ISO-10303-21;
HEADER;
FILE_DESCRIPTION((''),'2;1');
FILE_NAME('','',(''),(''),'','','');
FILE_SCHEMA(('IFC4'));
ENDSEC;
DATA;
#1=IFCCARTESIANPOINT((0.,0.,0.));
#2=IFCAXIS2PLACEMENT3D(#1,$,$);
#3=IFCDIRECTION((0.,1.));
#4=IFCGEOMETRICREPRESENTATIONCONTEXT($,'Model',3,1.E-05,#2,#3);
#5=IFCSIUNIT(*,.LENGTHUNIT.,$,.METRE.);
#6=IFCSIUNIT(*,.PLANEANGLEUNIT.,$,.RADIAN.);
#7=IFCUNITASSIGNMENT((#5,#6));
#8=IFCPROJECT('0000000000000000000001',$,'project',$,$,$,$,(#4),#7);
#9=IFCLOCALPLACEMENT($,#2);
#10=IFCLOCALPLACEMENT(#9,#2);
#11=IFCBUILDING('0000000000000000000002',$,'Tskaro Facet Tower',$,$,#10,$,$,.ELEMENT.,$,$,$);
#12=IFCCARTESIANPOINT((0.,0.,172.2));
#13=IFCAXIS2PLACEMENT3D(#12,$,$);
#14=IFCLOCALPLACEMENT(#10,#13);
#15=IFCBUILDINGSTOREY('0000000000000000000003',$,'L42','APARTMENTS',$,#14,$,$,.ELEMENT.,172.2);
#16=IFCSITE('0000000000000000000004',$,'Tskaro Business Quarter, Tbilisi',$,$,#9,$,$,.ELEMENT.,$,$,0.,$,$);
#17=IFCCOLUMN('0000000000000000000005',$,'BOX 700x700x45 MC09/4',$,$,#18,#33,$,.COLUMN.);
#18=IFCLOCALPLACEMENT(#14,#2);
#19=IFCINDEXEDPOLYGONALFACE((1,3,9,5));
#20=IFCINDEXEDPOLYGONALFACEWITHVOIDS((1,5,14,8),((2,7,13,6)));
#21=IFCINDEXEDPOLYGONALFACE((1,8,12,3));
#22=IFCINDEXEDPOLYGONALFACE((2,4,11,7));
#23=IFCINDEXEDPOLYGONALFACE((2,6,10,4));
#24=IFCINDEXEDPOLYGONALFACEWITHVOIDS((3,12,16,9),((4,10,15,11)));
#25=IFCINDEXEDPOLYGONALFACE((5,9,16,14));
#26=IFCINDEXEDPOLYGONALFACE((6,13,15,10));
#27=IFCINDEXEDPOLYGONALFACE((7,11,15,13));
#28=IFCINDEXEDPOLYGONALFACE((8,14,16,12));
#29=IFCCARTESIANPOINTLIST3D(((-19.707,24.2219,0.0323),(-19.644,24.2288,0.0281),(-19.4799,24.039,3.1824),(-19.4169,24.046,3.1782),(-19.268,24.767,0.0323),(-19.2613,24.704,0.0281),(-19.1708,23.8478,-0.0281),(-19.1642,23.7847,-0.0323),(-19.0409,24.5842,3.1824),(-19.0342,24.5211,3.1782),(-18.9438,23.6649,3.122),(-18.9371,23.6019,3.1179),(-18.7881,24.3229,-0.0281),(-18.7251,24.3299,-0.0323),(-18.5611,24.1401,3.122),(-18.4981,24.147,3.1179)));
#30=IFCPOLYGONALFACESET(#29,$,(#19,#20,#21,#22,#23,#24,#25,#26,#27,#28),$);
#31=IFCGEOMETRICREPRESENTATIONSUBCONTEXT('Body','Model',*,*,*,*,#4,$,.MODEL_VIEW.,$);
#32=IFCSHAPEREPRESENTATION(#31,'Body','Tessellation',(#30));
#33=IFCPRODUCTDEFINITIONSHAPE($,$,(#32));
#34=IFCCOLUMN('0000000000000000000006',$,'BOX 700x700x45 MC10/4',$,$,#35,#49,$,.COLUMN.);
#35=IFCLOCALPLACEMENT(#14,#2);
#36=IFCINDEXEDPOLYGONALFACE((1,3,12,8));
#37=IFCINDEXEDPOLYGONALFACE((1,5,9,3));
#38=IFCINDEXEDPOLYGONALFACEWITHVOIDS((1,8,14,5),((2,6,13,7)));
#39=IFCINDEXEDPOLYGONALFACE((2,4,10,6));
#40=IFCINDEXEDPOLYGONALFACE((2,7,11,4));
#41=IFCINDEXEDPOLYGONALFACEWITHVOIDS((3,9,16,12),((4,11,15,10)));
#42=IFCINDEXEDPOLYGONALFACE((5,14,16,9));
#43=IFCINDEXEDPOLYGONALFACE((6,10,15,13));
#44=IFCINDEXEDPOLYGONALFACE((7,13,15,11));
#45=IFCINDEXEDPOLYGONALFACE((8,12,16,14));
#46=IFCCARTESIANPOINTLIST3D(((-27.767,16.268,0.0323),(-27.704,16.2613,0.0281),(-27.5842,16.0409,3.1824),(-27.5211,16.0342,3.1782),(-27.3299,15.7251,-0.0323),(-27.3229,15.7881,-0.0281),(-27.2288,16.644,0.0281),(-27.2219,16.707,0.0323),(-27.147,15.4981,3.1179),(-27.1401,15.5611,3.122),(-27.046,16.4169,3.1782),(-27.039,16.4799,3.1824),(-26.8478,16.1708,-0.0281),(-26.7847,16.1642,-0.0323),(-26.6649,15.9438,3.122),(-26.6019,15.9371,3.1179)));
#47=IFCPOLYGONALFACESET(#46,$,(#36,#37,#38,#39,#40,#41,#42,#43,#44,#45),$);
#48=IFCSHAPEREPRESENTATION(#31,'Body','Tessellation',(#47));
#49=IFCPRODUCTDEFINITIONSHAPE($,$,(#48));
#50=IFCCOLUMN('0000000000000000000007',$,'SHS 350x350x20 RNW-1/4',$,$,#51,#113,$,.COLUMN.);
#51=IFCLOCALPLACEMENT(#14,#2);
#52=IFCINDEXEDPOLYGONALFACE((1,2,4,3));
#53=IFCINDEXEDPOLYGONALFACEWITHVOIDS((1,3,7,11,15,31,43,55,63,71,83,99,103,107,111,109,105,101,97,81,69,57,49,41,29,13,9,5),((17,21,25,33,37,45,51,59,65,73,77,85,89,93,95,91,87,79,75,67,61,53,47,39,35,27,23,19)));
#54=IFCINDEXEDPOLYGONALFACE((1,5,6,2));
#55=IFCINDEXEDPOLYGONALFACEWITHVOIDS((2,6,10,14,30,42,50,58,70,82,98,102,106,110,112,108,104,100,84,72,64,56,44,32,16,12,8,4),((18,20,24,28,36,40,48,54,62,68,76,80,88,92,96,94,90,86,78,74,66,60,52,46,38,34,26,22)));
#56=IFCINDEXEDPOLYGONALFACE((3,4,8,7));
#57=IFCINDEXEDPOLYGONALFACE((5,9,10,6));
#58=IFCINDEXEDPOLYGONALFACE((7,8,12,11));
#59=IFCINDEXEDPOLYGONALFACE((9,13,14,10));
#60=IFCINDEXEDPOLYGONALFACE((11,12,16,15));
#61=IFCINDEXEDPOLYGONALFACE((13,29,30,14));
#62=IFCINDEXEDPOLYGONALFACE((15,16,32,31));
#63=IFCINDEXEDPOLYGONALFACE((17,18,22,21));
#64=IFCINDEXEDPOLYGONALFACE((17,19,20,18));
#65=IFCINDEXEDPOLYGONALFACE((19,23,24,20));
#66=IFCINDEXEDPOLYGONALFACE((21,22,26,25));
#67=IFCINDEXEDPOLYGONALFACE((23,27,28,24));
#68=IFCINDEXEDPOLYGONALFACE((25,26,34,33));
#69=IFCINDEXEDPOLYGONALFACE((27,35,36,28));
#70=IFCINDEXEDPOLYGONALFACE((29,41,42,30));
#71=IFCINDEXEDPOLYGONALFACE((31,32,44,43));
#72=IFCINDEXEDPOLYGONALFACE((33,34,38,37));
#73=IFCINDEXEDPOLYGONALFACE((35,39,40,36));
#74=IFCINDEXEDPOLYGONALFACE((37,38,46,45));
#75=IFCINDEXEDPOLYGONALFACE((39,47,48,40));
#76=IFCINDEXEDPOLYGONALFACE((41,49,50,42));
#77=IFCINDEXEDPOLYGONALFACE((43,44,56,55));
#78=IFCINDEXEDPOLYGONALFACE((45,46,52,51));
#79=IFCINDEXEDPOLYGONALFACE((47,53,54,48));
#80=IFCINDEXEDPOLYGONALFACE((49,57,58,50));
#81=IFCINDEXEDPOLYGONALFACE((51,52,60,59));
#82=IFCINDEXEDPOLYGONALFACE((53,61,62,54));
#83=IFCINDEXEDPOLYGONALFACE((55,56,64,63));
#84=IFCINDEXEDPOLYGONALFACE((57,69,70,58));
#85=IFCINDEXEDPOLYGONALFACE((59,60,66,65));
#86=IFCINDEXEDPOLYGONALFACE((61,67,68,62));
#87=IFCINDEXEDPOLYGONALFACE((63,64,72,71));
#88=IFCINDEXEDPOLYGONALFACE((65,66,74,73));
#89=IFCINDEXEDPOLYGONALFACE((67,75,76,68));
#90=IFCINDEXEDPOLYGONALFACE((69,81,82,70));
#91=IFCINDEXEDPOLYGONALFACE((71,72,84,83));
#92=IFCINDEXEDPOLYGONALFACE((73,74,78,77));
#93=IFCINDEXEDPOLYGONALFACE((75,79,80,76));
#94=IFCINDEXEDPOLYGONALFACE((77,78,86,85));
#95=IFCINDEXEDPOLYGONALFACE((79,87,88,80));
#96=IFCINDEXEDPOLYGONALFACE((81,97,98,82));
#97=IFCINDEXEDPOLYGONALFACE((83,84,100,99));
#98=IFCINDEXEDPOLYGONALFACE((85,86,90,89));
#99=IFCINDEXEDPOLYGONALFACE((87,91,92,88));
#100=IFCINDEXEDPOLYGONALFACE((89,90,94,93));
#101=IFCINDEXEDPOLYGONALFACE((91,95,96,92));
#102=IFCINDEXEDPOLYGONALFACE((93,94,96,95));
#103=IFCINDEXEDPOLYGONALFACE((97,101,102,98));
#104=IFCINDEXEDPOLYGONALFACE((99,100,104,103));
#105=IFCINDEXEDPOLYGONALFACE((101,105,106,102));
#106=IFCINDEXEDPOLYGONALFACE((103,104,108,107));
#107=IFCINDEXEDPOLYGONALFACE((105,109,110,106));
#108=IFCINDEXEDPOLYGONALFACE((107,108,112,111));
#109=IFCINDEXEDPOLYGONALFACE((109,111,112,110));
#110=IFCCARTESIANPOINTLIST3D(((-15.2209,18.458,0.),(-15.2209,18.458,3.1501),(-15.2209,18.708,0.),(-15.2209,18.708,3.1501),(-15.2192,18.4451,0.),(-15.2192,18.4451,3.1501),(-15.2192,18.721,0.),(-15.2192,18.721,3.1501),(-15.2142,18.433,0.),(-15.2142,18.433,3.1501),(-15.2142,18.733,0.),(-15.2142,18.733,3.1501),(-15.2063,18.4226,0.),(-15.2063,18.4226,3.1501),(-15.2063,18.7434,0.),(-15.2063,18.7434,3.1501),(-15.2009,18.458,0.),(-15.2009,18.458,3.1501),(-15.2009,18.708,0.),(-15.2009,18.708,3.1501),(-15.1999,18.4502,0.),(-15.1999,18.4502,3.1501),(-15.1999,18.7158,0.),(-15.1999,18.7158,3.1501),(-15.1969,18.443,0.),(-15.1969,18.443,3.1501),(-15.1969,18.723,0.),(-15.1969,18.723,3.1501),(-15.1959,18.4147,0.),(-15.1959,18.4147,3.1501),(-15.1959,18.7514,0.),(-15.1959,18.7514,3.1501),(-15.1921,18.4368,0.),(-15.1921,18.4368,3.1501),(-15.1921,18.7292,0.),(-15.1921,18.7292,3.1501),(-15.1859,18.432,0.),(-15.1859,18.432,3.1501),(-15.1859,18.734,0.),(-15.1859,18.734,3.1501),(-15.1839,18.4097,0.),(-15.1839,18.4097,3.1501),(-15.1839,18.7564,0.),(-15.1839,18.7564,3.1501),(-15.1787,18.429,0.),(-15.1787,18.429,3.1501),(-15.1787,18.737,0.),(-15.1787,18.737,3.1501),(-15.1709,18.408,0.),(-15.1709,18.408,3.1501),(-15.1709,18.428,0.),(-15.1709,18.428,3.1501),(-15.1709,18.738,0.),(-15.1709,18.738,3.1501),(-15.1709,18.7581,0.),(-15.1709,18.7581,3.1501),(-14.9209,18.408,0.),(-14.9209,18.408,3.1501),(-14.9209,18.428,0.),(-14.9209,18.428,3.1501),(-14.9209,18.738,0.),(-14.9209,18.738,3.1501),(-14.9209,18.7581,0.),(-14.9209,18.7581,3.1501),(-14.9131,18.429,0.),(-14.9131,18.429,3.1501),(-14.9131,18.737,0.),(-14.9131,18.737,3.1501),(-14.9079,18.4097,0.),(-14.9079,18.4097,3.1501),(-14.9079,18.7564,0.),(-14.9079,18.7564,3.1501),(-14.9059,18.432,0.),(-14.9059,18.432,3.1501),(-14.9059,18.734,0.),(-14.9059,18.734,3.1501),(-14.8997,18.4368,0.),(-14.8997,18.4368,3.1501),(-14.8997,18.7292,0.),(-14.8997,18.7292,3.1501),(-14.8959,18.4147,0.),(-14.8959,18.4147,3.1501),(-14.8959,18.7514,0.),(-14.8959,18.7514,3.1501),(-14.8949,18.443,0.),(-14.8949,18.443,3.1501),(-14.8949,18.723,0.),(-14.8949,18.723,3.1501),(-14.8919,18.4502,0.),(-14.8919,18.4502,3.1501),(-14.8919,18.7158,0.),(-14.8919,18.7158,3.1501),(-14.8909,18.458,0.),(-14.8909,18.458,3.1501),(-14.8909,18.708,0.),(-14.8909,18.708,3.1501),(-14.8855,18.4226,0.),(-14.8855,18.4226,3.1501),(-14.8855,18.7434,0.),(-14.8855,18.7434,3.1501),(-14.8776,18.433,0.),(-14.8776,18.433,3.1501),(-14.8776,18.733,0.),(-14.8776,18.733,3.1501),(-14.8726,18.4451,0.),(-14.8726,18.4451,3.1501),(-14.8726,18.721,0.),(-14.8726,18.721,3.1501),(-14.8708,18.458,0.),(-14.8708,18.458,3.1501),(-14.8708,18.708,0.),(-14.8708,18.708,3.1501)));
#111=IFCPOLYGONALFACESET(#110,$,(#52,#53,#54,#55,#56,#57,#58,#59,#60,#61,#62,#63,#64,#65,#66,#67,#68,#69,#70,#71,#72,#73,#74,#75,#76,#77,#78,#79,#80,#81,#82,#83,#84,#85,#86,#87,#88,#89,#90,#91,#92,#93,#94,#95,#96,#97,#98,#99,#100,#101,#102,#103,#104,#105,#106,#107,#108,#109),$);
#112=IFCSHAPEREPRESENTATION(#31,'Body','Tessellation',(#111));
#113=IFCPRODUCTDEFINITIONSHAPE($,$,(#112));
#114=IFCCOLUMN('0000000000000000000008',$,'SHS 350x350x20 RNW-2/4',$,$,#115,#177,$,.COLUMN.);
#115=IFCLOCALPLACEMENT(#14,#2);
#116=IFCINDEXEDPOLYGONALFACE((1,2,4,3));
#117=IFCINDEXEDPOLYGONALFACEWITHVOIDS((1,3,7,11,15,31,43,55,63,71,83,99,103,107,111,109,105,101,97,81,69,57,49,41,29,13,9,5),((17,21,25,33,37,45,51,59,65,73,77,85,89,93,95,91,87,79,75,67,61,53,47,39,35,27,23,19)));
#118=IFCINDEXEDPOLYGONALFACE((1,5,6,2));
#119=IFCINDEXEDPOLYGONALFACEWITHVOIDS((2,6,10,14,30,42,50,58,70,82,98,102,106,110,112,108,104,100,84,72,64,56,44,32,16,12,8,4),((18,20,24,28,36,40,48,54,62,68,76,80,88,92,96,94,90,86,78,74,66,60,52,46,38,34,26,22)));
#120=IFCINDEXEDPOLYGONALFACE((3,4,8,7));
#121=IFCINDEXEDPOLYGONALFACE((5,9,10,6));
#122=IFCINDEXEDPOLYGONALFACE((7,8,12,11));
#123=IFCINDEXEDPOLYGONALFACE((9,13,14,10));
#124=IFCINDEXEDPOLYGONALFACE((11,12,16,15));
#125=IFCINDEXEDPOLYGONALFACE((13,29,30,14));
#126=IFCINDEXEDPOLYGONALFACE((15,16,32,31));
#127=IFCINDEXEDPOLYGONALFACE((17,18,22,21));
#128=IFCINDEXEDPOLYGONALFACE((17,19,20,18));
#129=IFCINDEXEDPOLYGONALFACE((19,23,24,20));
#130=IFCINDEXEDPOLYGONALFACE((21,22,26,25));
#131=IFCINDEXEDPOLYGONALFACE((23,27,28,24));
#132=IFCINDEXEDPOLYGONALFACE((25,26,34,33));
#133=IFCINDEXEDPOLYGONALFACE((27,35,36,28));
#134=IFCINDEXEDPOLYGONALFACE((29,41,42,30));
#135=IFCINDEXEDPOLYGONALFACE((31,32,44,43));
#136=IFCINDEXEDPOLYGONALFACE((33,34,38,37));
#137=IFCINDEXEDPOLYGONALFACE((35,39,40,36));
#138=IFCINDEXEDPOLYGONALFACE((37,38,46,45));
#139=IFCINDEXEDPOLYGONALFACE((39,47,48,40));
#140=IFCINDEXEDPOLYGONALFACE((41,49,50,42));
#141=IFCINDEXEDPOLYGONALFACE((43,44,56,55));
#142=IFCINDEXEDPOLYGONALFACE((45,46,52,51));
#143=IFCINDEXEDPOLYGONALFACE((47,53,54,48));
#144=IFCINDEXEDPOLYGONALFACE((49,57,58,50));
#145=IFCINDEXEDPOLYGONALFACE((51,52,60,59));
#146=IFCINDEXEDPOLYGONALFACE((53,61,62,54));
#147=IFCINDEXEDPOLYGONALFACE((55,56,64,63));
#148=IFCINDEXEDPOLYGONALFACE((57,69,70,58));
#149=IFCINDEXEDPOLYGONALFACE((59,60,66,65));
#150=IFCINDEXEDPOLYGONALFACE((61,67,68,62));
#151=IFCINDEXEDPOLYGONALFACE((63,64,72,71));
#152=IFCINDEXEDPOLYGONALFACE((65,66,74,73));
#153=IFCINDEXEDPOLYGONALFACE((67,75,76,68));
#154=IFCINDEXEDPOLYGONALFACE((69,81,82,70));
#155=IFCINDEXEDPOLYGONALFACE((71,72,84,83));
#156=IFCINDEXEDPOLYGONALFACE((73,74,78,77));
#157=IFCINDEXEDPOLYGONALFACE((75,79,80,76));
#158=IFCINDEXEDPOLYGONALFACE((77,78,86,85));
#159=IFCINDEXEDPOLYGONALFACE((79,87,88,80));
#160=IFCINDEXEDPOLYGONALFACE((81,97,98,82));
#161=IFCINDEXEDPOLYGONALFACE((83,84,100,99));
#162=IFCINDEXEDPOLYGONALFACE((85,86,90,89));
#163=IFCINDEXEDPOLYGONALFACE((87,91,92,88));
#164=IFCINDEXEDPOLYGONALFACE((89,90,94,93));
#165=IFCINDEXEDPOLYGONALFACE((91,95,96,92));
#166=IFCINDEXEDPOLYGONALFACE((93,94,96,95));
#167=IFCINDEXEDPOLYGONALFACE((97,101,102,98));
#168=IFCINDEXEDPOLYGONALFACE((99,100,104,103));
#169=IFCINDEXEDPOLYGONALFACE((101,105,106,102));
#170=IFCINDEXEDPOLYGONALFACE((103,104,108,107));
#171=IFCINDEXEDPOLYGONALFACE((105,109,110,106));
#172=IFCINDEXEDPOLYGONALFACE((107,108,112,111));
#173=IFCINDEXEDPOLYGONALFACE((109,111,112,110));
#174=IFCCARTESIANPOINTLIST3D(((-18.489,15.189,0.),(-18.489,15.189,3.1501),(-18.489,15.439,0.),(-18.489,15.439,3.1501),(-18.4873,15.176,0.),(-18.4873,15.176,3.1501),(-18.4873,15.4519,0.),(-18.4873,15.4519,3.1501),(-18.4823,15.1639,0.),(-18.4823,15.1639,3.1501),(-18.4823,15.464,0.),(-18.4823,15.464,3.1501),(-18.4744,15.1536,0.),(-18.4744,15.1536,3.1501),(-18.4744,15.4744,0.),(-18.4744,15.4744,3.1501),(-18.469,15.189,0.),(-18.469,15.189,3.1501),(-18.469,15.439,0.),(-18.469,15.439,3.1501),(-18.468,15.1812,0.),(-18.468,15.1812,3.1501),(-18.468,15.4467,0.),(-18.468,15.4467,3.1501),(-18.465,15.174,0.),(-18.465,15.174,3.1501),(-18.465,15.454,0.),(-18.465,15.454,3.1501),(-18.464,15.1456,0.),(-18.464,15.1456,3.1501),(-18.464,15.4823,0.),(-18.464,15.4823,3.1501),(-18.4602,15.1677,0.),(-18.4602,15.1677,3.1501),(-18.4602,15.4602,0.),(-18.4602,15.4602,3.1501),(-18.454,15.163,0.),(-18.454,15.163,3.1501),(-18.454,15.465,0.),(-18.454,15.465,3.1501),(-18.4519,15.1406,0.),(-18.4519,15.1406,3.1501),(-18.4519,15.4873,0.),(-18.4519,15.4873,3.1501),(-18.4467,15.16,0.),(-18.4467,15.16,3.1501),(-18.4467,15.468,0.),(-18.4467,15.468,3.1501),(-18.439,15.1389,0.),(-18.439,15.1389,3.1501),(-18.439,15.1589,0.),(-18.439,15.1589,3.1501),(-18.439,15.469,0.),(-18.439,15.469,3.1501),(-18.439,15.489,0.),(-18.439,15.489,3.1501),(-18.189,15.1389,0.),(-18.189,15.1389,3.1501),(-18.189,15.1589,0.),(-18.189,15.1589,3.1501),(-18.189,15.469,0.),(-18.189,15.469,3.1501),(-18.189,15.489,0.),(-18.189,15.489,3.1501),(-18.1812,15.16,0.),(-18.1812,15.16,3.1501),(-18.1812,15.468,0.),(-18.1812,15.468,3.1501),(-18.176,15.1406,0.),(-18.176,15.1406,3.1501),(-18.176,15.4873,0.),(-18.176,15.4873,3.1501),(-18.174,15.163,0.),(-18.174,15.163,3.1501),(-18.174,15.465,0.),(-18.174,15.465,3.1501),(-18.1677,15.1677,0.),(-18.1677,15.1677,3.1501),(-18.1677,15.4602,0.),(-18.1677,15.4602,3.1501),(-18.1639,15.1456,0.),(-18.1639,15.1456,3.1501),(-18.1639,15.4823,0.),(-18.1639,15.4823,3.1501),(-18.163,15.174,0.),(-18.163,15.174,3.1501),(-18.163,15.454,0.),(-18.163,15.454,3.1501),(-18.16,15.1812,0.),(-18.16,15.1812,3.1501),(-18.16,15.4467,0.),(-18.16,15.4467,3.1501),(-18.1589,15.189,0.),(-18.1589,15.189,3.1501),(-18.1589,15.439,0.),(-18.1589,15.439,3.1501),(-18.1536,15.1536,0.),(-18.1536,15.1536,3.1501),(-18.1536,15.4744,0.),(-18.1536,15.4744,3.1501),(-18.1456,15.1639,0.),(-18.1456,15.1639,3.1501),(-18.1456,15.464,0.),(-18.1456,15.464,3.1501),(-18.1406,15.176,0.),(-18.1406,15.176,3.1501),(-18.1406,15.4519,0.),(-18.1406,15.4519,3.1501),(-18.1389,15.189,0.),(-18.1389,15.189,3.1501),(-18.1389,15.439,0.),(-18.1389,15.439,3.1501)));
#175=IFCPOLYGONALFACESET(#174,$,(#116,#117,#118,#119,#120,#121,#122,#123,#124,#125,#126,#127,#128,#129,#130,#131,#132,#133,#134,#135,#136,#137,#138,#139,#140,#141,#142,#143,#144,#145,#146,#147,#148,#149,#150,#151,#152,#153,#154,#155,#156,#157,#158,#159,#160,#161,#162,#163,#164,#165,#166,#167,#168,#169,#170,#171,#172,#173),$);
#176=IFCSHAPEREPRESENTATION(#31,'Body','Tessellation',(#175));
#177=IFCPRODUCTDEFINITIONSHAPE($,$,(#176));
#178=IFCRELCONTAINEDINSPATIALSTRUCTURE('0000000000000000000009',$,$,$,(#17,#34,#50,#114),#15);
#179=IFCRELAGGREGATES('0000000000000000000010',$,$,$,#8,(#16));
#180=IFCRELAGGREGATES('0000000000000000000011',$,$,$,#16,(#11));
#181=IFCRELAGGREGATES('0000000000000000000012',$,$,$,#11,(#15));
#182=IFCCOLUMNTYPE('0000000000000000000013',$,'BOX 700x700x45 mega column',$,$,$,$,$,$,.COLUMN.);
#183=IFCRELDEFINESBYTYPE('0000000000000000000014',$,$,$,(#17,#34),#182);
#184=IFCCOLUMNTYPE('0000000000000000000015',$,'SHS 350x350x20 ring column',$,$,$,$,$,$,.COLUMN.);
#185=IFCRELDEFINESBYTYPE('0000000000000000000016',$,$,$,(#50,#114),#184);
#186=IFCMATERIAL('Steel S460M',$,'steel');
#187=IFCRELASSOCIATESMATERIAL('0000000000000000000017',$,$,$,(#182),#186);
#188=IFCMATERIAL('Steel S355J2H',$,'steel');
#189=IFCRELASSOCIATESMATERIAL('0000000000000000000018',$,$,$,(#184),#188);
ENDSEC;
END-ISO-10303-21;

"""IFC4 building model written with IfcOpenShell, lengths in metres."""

from ifc_helpers import new_model, si_unit, direction, frame, origin, origin_2d, place, context, subcontext, project, spatial, hollow_rectangle, extrude, material, material_profile, profile_set, type_object, element, save


model = new_model("IFC4")

# Units and contexts
model_context = context("Model", 3, precision=1e-05, world=origin(), true_north=direction((0.0, 1.0)))
body_context = subcontext(model_context, "Body", "Model", "MODEL_VIEW")
ifc_project = project(units=[si_unit("LENGTHUNIT", "METRE"), si_unit("PLANEANGLEUNIT", "RADIAN")], contexts=[model_context])

# Site, building, storey
site_placement = place(None, origin())
site = spatial("IfcSite", under=ifc_project, at=site_placement, Name="Tskaro Business Quarter, Tbilisi", CompositionType="ELEMENT", RefElevation=0.0)
building_placement = place(site_placement, origin())
building = spatial("IfcBuilding", under=site, at=building_placement, Name="Tskaro Facet Tower", CompositionType="ELEMENT")
storey_placement = place(building_placement, frame((0.0, 0.0, 172.2)))
storey = spatial("IfcBuildingStorey", under=building, at=storey_placement, Name="L42", Description="APARTMENTS", CompositionType="ELEMENT", Elevation=172.2)

# Columns
ifc_material_1 = material(Name="Steel S460M", Category="steel")
ifc_material_profile_1 = material_profile(ifc_material_1, hollow_rectangle(XDim=0.7, YDim=0.7, WallThickness=0.0449, at=origin_2d()), Name="BOX 700x700x45")
ifc_profile_set_1 = profile_set([ifc_material_profile_1], Name="Steel S460M")
column_type_1 = type_object("IfcColumnType", Name="BOX 700x700x45 mega column", PredefinedType="COLUMN", material=ifc_profile_set_1)
for number, where, z_axis, x_axis, name in (
    (1, (-19.2161, 24.2759, 0.0), (0.07177, -0.057802, 0.995745), (0.627245, 0.778822, 0.0), "BOX 700x700x45 MC09/4"),
    (2, (-27.2759, 16.2161, 0.0), (0.057802, -0.07177, 0.995745), (0.778822, 0.627245, 0.0), "BOX 700x700x45 MC10/4"),
):
    element("IfcColumn", number, at=place(storey_placement, frame(where, z_axis=z_axis, x_axis=x_axis)), inside=storey, type_object=column_type_1, Name=name, PredefinedType="COLUMN", context=body_context, shape_type="SweptSolid", body=[
        extrude(hollow_rectangle(XDim=0.7, YDim=0.7, WallThickness=0.0449, at=origin_2d()), origin(), (0.0, 0.0, 1.0), 3.1636),
    ])
ifc_material_2 = material(Name="Steel S355J2H", Category="steel")
ifc_material_profile_2 = material_profile(ifc_material_2, hollow_rectangle(XDim=0.3501, YDim=0.3501, WallThickness=0.02, InnerFilletRadius=0.03, OuterFilletRadius=0.05, at=origin_2d()), Name="SHS 350x350x20")
ifc_profile_set_2 = profile_set([ifc_material_profile_2], Name="Steel S355J2H")
column_type_2 = type_object("IfcColumnType", Name="SHS 350x350x20 ring column", PredefinedType="COLUMN", material=ifc_profile_set_2)
for number, where, z_axis, x_axis, name in (
    (3, (-15.0459, 18.583, 0.0), (0.0, 0.0, 1.0), (1.0, 0.0, 0.0), "SHS 350x350x20 RNW-1/4"),
    (4, (-18.314, 15.314, 0.0), (0.0, 0.0, 1.0), (1.0, 0.0, 0.0), "SHS 350x350x20 RNW-2/4"),
):
    element("IfcColumn", number, at=place(storey_placement, frame(where, z_axis=z_axis, x_axis=x_axis)), inside=storey, type_object=column_type_2, Name=name, PredefinedType="COLUMN", context=body_context, shape_type="SweptSolid", body=[
        extrude(hollow_rectangle(XDim=0.3501, YDim=0.3501, WallThickness=0.02, InnerFilletRadius=0.03, OuterFilletRadius=0.05, at=origin_2d()), origin(), (0.0, 0.0, 1.0), 3.1501),
    ])

save(model, "model.ifc")
